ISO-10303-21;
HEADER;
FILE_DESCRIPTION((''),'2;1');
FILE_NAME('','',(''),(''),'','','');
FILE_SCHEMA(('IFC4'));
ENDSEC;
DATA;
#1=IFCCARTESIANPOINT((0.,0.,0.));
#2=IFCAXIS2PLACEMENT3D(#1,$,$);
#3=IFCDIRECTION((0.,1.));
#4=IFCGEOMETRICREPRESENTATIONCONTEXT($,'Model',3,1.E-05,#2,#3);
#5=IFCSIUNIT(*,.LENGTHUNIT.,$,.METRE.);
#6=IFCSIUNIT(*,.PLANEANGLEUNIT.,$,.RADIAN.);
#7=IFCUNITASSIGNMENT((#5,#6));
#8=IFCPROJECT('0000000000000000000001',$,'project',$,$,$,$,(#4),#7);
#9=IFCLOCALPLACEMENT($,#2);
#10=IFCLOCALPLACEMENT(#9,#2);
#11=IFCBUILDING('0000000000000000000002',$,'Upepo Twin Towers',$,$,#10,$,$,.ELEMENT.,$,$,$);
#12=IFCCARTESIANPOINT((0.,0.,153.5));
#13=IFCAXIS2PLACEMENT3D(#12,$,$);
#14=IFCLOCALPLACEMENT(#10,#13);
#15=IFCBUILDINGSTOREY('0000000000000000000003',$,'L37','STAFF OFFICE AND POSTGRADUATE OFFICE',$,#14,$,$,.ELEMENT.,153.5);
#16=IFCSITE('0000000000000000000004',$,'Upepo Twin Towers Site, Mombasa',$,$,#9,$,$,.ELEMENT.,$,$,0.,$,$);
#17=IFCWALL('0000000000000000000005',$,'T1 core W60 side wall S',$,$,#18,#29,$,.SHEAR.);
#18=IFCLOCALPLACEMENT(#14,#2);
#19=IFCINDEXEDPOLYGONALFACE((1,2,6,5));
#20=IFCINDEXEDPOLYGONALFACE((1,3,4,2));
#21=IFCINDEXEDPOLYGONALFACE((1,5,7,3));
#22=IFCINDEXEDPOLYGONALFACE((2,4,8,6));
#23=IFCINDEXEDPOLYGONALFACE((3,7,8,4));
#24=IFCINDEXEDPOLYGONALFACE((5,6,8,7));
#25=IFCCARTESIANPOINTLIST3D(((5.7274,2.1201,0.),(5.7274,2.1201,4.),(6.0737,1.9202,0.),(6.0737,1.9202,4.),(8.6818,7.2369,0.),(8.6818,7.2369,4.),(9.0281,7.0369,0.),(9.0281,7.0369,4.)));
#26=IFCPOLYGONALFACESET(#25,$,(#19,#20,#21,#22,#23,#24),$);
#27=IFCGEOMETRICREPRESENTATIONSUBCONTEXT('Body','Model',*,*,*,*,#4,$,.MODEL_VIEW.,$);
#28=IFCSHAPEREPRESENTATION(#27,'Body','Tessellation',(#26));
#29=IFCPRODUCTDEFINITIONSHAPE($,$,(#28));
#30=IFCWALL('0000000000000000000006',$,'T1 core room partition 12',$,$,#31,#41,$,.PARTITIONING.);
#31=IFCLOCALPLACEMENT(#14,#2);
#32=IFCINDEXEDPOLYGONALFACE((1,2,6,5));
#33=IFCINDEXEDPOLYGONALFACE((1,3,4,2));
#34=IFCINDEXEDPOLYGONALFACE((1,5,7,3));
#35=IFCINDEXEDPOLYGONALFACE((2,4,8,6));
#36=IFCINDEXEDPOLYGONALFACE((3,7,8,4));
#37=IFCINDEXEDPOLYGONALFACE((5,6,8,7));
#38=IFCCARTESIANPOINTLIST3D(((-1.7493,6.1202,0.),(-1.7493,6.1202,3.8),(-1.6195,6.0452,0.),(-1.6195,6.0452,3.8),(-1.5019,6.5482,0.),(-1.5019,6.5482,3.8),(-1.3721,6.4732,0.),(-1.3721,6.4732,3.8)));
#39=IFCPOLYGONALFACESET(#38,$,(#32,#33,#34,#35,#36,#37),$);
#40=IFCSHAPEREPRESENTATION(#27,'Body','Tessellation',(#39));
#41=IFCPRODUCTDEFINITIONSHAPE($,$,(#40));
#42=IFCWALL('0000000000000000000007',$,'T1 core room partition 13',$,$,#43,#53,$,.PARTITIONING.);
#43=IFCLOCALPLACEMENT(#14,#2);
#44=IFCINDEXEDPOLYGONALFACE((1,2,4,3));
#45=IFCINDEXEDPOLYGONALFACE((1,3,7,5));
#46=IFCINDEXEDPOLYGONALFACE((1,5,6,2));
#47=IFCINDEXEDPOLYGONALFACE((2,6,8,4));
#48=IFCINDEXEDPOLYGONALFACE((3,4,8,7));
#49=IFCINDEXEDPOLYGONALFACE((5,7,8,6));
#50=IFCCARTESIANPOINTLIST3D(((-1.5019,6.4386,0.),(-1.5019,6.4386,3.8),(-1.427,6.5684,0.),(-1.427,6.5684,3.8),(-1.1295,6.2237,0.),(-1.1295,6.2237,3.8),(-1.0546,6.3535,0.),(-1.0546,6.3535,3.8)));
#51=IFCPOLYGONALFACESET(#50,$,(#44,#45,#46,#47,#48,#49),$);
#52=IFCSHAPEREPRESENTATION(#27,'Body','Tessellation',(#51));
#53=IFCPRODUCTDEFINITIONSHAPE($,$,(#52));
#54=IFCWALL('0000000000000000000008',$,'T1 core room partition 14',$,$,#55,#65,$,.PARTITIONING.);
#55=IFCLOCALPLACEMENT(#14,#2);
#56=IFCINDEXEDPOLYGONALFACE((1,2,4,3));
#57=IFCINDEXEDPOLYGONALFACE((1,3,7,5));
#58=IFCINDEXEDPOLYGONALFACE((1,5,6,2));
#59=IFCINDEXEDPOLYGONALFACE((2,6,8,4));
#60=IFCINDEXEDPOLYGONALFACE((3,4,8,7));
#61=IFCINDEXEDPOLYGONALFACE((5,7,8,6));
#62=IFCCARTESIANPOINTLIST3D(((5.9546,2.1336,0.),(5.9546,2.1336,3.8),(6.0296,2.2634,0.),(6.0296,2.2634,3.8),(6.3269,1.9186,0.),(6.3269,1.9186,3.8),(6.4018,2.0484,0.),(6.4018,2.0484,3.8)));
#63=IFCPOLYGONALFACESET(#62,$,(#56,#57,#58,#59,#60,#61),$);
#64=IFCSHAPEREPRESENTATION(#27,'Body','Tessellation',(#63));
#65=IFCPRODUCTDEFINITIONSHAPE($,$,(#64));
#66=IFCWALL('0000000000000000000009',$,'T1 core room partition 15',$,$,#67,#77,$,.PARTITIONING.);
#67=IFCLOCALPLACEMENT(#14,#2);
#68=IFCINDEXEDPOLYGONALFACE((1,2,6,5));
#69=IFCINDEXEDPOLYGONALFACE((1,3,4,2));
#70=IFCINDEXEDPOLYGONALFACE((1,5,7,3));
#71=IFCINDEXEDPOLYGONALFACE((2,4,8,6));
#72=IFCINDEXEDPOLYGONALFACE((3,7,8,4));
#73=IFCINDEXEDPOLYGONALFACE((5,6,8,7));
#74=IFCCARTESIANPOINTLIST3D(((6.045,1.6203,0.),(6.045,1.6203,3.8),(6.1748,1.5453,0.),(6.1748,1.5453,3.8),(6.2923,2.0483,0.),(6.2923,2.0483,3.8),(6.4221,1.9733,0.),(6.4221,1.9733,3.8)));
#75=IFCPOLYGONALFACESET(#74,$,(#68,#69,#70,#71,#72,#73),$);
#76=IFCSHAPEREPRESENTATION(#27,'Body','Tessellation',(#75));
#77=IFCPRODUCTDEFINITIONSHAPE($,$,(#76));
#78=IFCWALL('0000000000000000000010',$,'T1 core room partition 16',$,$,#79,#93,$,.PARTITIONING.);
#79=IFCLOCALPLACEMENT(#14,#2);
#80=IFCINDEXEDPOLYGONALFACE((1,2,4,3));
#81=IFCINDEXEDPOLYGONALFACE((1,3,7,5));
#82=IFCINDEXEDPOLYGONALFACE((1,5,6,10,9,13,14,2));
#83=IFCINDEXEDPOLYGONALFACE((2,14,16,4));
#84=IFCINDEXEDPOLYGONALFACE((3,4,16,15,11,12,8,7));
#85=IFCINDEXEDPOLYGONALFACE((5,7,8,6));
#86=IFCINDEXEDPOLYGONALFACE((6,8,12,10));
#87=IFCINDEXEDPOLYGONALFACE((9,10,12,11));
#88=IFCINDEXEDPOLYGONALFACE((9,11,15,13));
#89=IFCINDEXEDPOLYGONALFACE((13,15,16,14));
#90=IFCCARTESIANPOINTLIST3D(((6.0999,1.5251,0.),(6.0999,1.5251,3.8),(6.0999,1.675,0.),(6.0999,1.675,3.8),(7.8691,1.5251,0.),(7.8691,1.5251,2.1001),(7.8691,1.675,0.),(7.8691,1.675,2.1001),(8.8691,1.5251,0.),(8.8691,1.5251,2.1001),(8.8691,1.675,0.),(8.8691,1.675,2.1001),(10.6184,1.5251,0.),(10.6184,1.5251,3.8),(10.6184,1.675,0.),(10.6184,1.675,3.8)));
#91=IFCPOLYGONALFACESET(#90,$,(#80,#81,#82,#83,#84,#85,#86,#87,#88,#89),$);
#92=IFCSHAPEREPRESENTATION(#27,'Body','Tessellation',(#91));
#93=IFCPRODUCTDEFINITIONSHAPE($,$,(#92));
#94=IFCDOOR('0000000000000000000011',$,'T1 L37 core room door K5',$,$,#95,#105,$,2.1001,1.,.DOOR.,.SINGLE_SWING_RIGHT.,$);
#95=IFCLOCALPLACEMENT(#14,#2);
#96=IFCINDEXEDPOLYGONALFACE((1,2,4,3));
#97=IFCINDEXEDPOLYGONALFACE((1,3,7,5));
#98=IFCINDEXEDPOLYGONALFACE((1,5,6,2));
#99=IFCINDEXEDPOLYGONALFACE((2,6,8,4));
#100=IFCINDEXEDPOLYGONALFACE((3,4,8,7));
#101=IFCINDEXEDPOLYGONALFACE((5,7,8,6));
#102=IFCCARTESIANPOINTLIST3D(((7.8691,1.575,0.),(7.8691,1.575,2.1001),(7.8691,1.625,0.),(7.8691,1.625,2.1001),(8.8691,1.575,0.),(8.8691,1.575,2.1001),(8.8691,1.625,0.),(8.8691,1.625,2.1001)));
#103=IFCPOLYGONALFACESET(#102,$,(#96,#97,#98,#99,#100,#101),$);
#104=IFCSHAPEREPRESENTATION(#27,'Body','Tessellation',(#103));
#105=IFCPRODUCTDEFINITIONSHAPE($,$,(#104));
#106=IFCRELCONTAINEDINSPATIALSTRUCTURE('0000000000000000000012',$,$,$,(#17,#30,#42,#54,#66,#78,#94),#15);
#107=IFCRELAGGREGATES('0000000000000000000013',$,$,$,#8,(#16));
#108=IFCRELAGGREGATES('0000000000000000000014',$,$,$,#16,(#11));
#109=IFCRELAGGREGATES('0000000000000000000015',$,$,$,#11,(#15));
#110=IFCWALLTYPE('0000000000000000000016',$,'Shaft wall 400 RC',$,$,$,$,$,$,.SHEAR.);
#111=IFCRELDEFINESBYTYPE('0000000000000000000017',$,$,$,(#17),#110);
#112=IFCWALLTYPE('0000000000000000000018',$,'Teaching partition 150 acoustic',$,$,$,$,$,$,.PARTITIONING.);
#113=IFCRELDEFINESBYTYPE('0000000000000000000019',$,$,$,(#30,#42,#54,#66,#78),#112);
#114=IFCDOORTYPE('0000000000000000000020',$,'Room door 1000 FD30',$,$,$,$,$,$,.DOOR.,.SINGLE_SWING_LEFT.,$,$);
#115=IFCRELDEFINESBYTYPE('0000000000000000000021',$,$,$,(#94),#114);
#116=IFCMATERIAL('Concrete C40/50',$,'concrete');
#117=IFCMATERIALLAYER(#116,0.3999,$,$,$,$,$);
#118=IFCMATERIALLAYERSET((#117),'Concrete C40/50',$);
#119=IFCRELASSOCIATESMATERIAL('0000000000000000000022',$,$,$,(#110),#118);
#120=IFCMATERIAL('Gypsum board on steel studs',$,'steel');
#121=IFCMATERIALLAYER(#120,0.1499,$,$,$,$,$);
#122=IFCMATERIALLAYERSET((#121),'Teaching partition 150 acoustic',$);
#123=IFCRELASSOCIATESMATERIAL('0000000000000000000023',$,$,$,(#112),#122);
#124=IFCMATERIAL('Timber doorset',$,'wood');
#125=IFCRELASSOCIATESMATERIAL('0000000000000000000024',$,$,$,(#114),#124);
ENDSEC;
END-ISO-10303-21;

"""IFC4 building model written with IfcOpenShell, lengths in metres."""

from ifc_helpers import new_model, si_unit, direction, frame, frame_2d, origin, place, context, subcontext, project, spatial, rectangle, extrude, material, layer, layer_set, type_object, element, fill, save


model = new_model("IFC4")

# Units and contexts
model_context = context("Model", 3, precision=1e-05, world=origin(), true_north=direction((0.0, 1.0)))
body_context = subcontext(model_context, "Body", "Model", "MODEL_VIEW")
ifc_project = project(units=[si_unit("LENGTHUNIT", "METRE"), si_unit("PLANEANGLEUNIT", "RADIAN")], contexts=[model_context])

# Site, building, storey
site_placement = place(None, origin())
site = spatial("IfcSite", under=ifc_project, at=site_placement, Name="Upepo Twin Towers Site, Mombasa", CompositionType="ELEMENT", RefElevation=0.0)
building_placement = place(site_placement, origin())
building = spatial("IfcBuilding", under=site, at=building_placement, Name="Upepo Twin Towers", CompositionType="ELEMENT")
storey_placement = place(building_placement, frame((0.0, 0.0, 153.5)))
storey = spatial("IfcBuildingStorey", under=building, at=storey_placement, Name="L37", Description="STAFF OFFICE AND POSTGRADUATE OFFICE", CompositionType="ELEMENT", Elevation=153.5)

# Walls
ifc_material_1 = material(Name="Concrete C40/50", Category="concrete")
ifc_layer_1 = layer(ifc_material_1, 0.3999)
ifc_layer_set_1 = layer_set([ifc_layer_1], Name="Concrete C40/50")
wall_type_1 = type_object("IfcWallType", Name="Shaft wall 400 RC", PredefinedType="SHEAR", material=ifc_layer_set_1)
wall_1_placement = place(storey_placement, frame((5.9006, 2.0203, 0.0), z_axis=(0.0, 0.0, 1.0), x_axis=(0.500028, 0.866009, 0.0)))
element("IfcWall", 1, at=wall_1_placement, inside=storey, type_object=wall_type_1, Name="T1 core W60 side wall S", PredefinedType="SHEAR", context=body_context, shape_type="SweptSolid", body=[
    extrude(rectangle(XDim=5.9084, YDim=0.3999, at=frame_2d((2.9541, 0.0))), origin(), (0.0, 0.0, 1.0), 4.0),
])
ifc_material_2 = material(Name="Gypsum board on steel studs", Category="steel")
ifc_layer_2 = layer(ifc_material_2, 0.1499)
ifc_layer_set_2 = layer_set([ifc_layer_2], Name="Teaching partition 150 acoustic")
wall_type_2 = type_object("IfcWallType", Name="Teaching partition 150 acoustic", PredefinedType="PARTITIONING", material=ifc_layer_set_2)
wall_2_placement = place(storey_placement, frame((-1.6843, 6.0828, 0.0), z_axis=(0.0, 0.0, 1.0), x_axis=(0.500335, 0.865832, 0.0)))
element("IfcWall", 2, at=wall_2_placement, inside=storey, type_object=wall_type_2, Name="T1 core room partition 12", PredefinedType="PARTITIONING", context=body_context, shape_type="SweptSolid", body=[
    extrude(rectangle(XDim=0.4944, YDim=0.1499, at=frame_2d((0.2471, 0.0))), origin(), (0.0, 0.0, 1.0), 3.8),
])
for number, where, z_axis, x_axis, name in (
    (3, (-1.4644, 6.5034, 0.0), (0.0, 0.0, 1.0), (0.866138, -0.499804, 0.0), "T1 core room partition 13"),
    (4, (5.9922, 2.1985, 0.0), (0.0, 0.0, 1.0), (0.865892, -0.50023, 0.0), "T1 core room partition 14"),
):
    element("IfcWall", number, at=place(storey_placement, frame(where, z_axis=z_axis, x_axis=x_axis)), inside=storey, type_object=wall_type_2, Name=name, PredefinedType="PARTITIONING", context=body_context, shape_type="SweptSolid", body=[
        extrude(rectangle(XDim=0.4299, YDim=0.1499, at=frame_2d((0.2148, 0.0))), origin(), (0.0, 0.0, 1.0), 3.8),
    ])
wall_3_placement = place(storey_placement, frame((6.3572, 2.0107, 0.0), z_axis=(0.0, 0.0, 1.0), x_axis=(-0.500335, -0.865832, 0.0)))
element("IfcWall", 5, at=wall_3_placement, inside=storey, type_object=wall_type_2, Name="T1 core room partition 15", PredefinedType="PARTITIONING", context=body_context, shape_type="SweptSolid", body=[
    extrude(rectangle(XDim=0.4944, YDim=0.1499, at=frame_2d((0.2471, 0.0))), origin(), (0.0, 0.0, 1.0), 3.8),
])

# Wall, opening, door
wall_4_placement = place(storey_placement, frame((6.0999, 1.6001, 0.0), z_axis=(0.0, 0.0, 1.0), x_axis=(1.0, 0.0, 0.0)))
wall_4 = element("IfcWall", 6, at=wall_4_placement, inside=storey, type_object=wall_type_2, Name="T1 core room partition 16", PredefinedType="PARTITIONING", context=body_context, shape_type="SweptSolid", body=[
    extrude(rectangle(XDim=4.5186, YDim=0.1499, at=frame_2d((2.2593, 0.0))), origin(), (0.0, 0.0, 1.0), 3.8),
])
opening_1_placement = place(wall_4_placement, frame((1.7693, 0.0, 0.0)))
opening_1 = element("IfcOpeningElement", 7, at=opening_1_placement, cuts=wall_4, PredefinedType="OPENING", context=body_context, shape_type="SweptSolid", body=[
    extrude(rectangle(XDim=1.0, YDim=2.1001, at=frame_2d((0.5, 1.05))), frame((0.0, 0.085, 0.0), z_axis=(0.0, -1.0, 0.0), x_axis=(1.0, 0.0, 0.0)), (0.0, 0.0, 1.0), 0.1699),
])
ifc_material_3 = material(Name="Timber doorset", Category="wood")
door_type_1 = type_object("IfcDoorType", Name="Room door 1000 FD30", OperationType="SINGLE_SWING_LEFT", PredefinedType="DOOR", material=ifc_material_3)
door_1_placement = place(opening_1_placement, origin())
door_1 = element("IfcDoor", 8, at=door_1_placement, inside=storey, type_object=door_type_1, Name="T1 L37 core room door K5", OperationType="SINGLE_SWING_RIGHT", OverallHeight=2.1001, OverallWidth=1.0, PredefinedType="DOOR", context=body_context, shape_type="SweptSolid", body=[
    extrude(rectangle(XDim=1.0, YDim=2.1001, at=frame_2d((0.5, 1.05))), frame((0.0, 0.0249, 0.0), z_axis=(0.0, -1.0, 0.0), x_axis=(1.0, 0.0, 0.0)), (0.0, 0.0, 1.0), 0.05),
])
fill(opening_1, door_1)

save(model, "model.ifc")
